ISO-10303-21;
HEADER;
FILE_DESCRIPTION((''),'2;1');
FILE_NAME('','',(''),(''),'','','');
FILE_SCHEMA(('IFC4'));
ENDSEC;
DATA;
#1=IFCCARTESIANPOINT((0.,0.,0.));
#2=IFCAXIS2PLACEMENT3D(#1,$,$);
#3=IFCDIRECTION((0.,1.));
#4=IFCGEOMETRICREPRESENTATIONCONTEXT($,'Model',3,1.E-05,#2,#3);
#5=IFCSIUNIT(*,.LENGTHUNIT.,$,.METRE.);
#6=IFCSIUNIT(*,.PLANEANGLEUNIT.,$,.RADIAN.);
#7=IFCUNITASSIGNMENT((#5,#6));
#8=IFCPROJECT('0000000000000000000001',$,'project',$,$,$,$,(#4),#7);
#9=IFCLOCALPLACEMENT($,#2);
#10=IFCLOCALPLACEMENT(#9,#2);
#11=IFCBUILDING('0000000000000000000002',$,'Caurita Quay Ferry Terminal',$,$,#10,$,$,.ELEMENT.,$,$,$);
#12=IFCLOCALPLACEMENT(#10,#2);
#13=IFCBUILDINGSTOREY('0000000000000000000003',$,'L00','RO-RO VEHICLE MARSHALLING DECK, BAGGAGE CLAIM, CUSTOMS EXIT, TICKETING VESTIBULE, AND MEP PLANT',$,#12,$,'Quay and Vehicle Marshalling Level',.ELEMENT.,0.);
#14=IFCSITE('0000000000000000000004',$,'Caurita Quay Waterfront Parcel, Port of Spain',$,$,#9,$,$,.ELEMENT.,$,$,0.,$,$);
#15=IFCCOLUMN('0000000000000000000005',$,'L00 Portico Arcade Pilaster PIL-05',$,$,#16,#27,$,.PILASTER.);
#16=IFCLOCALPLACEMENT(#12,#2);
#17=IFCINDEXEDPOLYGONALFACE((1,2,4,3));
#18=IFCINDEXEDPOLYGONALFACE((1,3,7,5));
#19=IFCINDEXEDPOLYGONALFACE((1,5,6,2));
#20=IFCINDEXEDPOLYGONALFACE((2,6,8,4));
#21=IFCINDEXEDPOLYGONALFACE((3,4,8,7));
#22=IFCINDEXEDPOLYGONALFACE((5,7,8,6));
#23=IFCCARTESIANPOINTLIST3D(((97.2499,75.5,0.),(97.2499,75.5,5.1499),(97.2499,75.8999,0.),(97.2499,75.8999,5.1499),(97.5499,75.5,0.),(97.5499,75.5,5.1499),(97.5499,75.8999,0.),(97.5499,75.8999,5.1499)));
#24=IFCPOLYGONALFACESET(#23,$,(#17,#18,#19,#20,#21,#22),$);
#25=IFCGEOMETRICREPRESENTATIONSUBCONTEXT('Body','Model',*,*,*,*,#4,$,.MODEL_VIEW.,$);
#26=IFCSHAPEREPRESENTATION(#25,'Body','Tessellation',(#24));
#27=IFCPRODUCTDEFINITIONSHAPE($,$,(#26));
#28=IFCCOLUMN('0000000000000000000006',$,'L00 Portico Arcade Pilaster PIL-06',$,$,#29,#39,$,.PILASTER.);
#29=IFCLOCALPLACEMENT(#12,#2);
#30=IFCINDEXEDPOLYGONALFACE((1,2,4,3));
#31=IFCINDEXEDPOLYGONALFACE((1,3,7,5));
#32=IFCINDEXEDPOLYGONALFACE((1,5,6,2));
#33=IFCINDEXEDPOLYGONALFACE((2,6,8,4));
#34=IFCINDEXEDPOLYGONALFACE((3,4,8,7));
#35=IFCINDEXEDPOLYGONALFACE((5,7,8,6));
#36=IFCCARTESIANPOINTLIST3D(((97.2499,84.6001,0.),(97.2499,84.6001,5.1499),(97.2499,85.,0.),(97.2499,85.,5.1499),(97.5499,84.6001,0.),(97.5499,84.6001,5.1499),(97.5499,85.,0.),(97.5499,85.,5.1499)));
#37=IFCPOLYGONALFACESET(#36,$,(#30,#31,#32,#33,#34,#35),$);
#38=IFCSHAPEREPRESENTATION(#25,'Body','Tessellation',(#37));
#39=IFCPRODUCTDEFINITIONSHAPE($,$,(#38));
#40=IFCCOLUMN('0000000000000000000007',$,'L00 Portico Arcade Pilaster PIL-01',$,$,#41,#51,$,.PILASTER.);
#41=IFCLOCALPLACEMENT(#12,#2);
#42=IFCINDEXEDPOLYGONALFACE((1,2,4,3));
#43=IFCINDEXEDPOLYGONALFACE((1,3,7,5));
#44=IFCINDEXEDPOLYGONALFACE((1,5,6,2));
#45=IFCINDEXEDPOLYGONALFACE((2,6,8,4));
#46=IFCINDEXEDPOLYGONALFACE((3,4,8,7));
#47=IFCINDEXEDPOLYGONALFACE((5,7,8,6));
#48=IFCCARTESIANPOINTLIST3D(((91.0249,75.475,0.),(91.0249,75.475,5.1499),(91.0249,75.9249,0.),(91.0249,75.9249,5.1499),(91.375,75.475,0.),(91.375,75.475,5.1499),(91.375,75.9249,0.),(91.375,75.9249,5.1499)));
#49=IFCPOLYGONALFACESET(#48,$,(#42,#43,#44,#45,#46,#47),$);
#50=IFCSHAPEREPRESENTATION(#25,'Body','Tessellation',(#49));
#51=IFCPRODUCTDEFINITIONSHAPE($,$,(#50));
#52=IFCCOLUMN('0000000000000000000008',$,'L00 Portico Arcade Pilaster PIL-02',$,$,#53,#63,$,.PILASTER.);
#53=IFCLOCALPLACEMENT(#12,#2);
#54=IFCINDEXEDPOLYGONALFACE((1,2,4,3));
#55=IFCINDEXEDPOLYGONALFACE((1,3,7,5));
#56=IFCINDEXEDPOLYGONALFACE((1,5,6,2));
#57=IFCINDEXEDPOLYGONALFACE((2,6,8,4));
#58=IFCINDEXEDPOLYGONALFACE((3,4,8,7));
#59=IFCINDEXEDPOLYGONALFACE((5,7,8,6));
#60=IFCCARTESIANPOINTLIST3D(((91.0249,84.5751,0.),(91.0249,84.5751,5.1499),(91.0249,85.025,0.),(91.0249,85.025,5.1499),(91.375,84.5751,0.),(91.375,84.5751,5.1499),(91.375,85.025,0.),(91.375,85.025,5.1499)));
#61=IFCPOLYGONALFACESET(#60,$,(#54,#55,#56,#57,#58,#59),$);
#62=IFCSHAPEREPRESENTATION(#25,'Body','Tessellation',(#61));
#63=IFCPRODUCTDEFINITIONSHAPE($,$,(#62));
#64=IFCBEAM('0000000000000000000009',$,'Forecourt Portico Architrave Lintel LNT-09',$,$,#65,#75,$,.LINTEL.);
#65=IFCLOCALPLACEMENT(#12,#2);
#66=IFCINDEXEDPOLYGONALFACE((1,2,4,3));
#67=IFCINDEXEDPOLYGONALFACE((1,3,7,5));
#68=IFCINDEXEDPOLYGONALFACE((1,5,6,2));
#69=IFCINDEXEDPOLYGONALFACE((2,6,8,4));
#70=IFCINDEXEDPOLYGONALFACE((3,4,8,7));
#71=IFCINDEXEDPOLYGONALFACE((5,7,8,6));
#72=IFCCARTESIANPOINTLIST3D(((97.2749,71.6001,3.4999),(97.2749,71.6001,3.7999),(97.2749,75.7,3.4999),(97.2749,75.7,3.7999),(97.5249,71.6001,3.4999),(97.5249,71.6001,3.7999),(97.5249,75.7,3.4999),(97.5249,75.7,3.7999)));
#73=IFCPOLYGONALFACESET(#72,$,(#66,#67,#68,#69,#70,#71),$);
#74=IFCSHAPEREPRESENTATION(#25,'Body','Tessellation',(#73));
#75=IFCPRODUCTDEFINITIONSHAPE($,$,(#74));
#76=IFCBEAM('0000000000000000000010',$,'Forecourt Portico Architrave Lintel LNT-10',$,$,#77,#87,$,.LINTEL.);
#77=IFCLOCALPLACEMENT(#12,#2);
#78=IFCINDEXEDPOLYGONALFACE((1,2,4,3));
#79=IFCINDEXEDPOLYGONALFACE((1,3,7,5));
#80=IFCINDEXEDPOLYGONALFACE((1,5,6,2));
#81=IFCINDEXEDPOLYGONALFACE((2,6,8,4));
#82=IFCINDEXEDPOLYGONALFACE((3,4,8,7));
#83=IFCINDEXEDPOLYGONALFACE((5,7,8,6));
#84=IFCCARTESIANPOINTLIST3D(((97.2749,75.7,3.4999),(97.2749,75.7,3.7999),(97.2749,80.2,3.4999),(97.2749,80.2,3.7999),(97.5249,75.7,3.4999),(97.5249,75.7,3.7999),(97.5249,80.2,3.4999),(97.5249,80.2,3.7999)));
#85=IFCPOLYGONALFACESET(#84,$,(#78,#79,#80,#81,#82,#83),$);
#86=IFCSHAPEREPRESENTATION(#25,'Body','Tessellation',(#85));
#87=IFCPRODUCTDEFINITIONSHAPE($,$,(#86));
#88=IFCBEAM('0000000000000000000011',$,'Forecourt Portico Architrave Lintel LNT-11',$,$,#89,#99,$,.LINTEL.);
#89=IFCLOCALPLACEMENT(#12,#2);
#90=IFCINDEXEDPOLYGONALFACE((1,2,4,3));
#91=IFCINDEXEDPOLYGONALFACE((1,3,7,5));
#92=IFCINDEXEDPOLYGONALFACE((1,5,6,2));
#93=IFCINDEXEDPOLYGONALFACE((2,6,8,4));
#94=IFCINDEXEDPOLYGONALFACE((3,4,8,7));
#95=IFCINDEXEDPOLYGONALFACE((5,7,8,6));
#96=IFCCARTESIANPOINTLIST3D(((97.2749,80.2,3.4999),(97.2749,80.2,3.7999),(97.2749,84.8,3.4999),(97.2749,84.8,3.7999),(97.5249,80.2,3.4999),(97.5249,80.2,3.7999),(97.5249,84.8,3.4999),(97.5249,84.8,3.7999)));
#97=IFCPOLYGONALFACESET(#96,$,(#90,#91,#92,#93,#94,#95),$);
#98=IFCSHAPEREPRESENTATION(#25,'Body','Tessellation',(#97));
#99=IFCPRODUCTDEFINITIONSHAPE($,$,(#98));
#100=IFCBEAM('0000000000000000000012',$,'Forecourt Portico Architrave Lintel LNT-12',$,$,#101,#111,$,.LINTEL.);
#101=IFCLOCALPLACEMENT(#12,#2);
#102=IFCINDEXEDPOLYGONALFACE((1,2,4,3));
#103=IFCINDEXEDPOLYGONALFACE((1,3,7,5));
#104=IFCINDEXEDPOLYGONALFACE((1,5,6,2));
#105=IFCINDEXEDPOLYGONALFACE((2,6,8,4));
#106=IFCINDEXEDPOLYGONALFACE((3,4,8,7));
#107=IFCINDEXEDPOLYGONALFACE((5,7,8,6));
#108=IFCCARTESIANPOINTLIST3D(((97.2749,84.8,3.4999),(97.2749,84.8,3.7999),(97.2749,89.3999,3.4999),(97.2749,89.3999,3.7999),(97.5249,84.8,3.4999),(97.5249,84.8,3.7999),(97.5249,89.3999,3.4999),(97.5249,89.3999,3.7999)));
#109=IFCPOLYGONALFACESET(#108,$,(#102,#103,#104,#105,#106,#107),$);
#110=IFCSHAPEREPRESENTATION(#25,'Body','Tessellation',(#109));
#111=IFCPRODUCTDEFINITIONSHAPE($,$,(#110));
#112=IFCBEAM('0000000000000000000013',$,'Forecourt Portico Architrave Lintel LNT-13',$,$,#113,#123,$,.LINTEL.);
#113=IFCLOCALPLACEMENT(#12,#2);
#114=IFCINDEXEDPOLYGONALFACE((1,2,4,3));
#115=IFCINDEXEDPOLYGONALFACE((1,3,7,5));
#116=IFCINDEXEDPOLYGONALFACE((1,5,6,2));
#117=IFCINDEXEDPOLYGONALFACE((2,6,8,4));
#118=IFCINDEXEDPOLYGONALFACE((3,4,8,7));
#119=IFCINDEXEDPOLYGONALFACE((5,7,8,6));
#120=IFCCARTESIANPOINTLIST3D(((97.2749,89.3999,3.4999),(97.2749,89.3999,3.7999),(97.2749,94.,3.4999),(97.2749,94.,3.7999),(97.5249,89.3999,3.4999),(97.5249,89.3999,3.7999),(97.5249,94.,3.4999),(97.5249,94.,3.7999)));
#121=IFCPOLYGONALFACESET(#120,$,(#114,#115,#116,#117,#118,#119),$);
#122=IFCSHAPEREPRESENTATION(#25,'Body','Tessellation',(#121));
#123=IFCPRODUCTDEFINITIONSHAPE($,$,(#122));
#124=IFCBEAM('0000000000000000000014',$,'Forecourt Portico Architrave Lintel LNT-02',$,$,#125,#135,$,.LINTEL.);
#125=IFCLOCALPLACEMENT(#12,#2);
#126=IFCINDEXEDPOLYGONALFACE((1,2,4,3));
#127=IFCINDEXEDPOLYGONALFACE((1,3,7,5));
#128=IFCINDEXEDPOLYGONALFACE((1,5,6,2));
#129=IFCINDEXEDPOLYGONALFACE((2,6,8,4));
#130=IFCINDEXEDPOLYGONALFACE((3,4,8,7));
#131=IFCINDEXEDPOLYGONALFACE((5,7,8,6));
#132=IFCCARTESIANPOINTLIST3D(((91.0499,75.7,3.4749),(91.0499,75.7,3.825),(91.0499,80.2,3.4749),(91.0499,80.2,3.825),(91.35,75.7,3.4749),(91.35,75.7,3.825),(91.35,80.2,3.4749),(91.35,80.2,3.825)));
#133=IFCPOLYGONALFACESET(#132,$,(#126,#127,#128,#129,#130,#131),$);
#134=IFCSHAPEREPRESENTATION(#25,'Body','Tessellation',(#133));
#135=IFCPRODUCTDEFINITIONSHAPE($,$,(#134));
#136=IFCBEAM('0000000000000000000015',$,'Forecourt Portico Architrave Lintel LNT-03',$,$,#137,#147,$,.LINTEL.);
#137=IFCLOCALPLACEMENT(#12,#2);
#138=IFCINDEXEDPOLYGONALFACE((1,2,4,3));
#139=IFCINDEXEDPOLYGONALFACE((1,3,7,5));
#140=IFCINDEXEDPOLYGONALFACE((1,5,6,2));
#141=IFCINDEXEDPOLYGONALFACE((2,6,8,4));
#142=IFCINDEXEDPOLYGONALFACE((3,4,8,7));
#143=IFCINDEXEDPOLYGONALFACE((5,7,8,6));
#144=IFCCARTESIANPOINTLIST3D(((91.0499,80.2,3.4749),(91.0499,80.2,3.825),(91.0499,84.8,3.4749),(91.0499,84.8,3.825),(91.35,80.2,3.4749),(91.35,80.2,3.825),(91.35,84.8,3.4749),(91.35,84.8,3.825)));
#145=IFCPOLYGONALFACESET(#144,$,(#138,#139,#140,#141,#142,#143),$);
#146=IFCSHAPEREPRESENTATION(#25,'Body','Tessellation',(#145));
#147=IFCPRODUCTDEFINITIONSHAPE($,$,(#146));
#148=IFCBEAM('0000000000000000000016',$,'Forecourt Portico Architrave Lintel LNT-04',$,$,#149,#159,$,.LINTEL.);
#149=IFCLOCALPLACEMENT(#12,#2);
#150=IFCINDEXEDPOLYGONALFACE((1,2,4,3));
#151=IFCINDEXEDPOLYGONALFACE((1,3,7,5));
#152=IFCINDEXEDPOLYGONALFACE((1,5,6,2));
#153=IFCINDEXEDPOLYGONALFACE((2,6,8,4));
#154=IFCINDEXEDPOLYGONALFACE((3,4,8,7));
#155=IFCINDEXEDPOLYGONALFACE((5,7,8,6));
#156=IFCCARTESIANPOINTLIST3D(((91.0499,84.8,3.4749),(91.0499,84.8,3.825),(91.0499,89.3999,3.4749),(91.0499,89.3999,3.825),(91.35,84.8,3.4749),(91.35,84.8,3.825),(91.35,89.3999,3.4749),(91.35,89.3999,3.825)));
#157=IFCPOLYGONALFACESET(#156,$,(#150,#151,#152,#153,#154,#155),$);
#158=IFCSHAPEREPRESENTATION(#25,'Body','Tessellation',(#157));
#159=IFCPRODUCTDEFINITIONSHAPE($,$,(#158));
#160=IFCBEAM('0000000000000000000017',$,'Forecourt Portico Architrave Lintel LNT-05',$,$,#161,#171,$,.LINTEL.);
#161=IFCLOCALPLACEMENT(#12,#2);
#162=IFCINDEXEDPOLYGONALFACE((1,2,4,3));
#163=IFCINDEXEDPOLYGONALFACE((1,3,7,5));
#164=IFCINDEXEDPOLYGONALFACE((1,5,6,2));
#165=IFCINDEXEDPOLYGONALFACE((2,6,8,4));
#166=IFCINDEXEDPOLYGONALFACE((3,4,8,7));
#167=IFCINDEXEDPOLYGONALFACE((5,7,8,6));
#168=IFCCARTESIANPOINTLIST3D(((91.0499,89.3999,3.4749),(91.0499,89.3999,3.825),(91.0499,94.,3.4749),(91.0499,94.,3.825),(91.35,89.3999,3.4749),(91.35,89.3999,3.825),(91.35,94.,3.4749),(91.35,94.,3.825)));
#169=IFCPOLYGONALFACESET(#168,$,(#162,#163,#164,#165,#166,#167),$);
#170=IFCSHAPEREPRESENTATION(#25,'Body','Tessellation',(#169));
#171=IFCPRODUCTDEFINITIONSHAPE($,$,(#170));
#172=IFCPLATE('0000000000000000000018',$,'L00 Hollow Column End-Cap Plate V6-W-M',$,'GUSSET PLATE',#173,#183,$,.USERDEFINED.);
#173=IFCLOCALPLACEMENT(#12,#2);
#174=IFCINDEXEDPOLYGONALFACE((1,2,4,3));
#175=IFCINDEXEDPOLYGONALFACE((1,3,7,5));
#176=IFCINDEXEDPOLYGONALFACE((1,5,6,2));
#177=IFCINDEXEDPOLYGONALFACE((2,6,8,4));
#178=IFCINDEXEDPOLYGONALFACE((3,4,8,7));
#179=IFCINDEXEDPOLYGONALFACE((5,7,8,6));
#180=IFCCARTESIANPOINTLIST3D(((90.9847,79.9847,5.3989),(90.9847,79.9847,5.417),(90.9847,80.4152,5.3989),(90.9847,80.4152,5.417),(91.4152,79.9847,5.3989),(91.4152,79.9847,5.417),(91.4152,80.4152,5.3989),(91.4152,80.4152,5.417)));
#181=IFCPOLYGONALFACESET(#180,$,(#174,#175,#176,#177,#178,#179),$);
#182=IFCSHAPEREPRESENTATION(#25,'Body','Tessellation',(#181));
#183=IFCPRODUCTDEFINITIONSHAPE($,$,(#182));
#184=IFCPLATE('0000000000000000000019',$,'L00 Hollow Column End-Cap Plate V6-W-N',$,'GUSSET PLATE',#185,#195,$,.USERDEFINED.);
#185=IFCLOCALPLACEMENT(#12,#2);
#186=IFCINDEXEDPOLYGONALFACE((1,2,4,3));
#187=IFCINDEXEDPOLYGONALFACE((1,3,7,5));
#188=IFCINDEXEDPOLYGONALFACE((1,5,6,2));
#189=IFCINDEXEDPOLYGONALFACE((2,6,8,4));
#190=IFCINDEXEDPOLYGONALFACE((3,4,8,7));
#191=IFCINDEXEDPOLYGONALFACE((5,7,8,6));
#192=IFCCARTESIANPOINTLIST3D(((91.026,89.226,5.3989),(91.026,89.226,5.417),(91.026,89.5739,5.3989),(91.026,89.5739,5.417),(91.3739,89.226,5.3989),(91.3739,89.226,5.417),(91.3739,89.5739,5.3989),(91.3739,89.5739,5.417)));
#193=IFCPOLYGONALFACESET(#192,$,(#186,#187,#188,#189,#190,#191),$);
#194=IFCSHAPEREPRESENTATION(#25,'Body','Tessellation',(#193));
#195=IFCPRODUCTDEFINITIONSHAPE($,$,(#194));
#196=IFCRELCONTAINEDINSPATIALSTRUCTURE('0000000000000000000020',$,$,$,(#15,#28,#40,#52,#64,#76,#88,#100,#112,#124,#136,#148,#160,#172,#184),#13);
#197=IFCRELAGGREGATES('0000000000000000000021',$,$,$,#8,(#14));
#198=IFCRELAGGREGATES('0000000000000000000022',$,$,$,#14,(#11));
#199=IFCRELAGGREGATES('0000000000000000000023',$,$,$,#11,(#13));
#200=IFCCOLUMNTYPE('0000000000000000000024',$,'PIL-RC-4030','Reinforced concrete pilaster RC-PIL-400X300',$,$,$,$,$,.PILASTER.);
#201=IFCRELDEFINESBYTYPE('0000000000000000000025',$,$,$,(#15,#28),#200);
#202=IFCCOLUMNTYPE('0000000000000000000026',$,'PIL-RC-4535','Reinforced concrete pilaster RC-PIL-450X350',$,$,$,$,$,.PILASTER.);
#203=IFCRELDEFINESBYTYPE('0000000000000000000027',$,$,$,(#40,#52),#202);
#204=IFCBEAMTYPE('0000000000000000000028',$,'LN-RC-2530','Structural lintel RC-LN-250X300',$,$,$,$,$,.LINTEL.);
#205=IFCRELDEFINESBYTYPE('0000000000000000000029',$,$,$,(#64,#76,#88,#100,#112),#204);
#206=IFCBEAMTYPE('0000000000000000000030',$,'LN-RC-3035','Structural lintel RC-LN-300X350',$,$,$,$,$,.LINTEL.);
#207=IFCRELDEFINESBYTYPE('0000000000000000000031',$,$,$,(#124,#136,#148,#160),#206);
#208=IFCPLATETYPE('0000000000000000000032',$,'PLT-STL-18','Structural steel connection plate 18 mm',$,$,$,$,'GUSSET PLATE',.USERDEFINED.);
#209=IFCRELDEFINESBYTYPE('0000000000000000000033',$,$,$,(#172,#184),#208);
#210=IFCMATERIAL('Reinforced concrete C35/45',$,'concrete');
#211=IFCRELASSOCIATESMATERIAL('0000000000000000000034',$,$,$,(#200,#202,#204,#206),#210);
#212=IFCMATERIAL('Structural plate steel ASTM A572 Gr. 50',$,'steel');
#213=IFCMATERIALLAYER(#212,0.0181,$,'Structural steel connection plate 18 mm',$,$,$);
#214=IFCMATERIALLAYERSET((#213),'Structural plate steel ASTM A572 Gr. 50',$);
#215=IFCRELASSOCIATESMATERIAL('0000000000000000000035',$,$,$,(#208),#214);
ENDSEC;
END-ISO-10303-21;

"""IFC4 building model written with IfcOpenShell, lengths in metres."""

from ifc_helpers import new_model, si_unit, direction, frame, origin, origin_2d, place, context, subcontext, project, spatial, rectangle, extrude, material, layer, layer_set, material_profile, profile_set, type_object, element, save


model = new_model("IFC4")

# Units and contexts
model_context = context("Model", 3, precision=1e-05, world=origin(), true_north=direction((0.0, 1.0)))
body_context = subcontext(model_context, "Body", "Model", "MODEL_VIEW")
ifc_project = project(units=[si_unit("LENGTHUNIT", "METRE"), si_unit("PLANEANGLEUNIT", "RADIAN")], contexts=[model_context])

# Site, building, storey
site_placement = place(None, origin())
site = spatial("IfcSite", under=ifc_project, at=site_placement, Name="Caurita Quay Waterfront Parcel, Port of Spain", CompositionType="ELEMENT", RefElevation=0.0)
building_placement = place(site_placement, origin())
building = spatial("IfcBuilding", under=site, at=building_placement, Name="Caurita Quay Ferry Terminal", CompositionType="ELEMENT")
storey_placement = place(building_placement, origin())
storey = spatial("IfcBuildingStorey", under=building, at=storey_placement, Name="L00", Description="RO-RO VEHICLE MARSHALLING DECK, BAGGAGE CLAIM, CUSTOMS EXIT, TICKETING VESTIBULE, AND MEP PLANT", LongName="Quay and Vehicle Marshalling Level", CompositionType="ELEMENT", Elevation=0.0)

# Columns
ifc_material_1 = material(Name="Reinforced concrete C35/45", Category="concrete")
ifc_material_profile_1 = material_profile(ifc_material_1, rectangle(XDim=0.3, YDim=0.3999, at=origin_2d()), Name="RC-PIL-400X300")
ifc_profile_set_1 = profile_set([ifc_material_profile_1], Name="Reinforced concrete C35/45")
column_type_1 = type_object("IfcColumnType", Name="PIL-RC-4030", Description="Reinforced concrete pilaster RC-PIL-400X300", PredefinedType="PILASTER", material=ifc_profile_set_1)
for number, where, z_axis, x_axis, name in (
    (1, (97.3999, 75.7, 0.0), (0.0, 0.0, 1.0), (1.0, 0.0, 0.0), "L00 Portico Arcade Pilaster PIL-05"),
    (2, (97.3999, 84.8, 0.0), (0.0, 0.0, 1.0), (1.0, 0.0, 0.0), "L00 Portico Arcade Pilaster PIL-06"),
):
    element("IfcColumn", number, at=place(storey_placement, frame(where, z_axis=z_axis, x_axis=x_axis)), inside=storey, type_object=column_type_1, Name=name, PredefinedType="PILASTER", context=body_context, shape_type="SweptSolid", body=[
        extrude(rectangle(XDim=0.3, YDim=0.3999, at=origin_2d()), origin(), (0.0, 0.0, 1.0), 5.1499),
    ])
ifc_material_profile_2 = material_profile(ifc_material_1, rectangle(XDim=0.3501, YDim=0.45, at=origin_2d()), Name="RC-PIL-450X350")
ifc_profile_set_2 = profile_set([ifc_material_profile_2], Name="Reinforced concrete C35/45")
column_type_2 = type_object("IfcColumnType", Name="PIL-RC-4535", Description="Reinforced concrete pilaster RC-PIL-450X350", PredefinedType="PILASTER", material=ifc_profile_set_2)
for number, where, z_axis, x_axis, name in (
    (3, (91.2, 75.7, 0.0), (0.0, 0.0, 1.0), (1.0, 0.0, 0.0), "L00 Portico Arcade Pilaster PIL-01"),
    (4, (91.2, 84.8, 0.0), (0.0, 0.0, 1.0), (1.0, 0.0, 0.0), "L00 Portico Arcade Pilaster PIL-02"),
):
    element("IfcColumn", number, at=place(storey_placement, frame(where, z_axis=z_axis, x_axis=x_axis)), inside=storey, type_object=column_type_2, Name=name, PredefinedType="PILASTER", context=body_context, shape_type="SweptSolid", body=[
        extrude(rectangle(XDim=0.3501, YDim=0.45, at=origin_2d()), origin(), (0.0, 0.0, 1.0), 5.1499),
    ])

# Beams
ifc_material_profile_3 = material_profile(ifc_material_1, rectangle(XDim=0.25, YDim=0.3, at=origin_2d()), Name="RC-LN-250X300")
ifc_profile_set_3 = profile_set([ifc_material_profile_3], Name="Reinforced concrete C35/45")
beam_type_1 = type_object("IfcBeamType", Name="LN-RC-2530", Description="Structural lintel RC-LN-250X300", PredefinedType="LINTEL", material=ifc_profile_set_3)
beam_1_placement = place(storey_placement, frame((97.3999, 71.6001, 3.6499), z_axis=(0.0, 1.0, 0.0), x_axis=(-1.0, 0.0, 0.0)))
element("IfcBeam", 5, at=beam_1_placement, inside=storey, type_object=beam_type_1, Name="Forecourt Portico Architrave Lintel LNT-09", PredefinedType="LINTEL", context=body_context, shape_type="SweptSolid", body=[
    extrude(rectangle(XDim=0.25, YDim=0.3, at=origin_2d()), origin(), (0.0, 0.0, 1.0), 4.0999),
])
beam_2_placement = place(storey_placement, frame((97.3999, 75.7, 3.6499), z_axis=(0.0, 1.0, 0.0), x_axis=(-1.0, 0.0, 0.0)))
element("IfcBeam", 6, at=beam_2_placement, inside=storey, type_object=beam_type_1, Name="Forecourt Portico Architrave Lintel LNT-10", PredefinedType="LINTEL", context=body_context, shape_type="SweptSolid", body=[
    extrude(rectangle(XDim=0.25, YDim=0.3, at=origin_2d()), origin(), (0.0, 0.0, 1.0), 4.5),
])
beam_3_placement = place(storey_placement, frame((97.3999, 80.2, 3.6499), z_axis=(0.0, 1.0, 0.0), x_axis=(-1.0, 0.0, 0.0)))
element("IfcBeam", 7, at=beam_3_placement, inside=storey, type_object=beam_type_1, Name="Forecourt Portico Architrave Lintel LNT-11", PredefinedType="LINTEL", context=body_context, shape_type="SweptSolid", body=[
    extrude(rectangle(XDim=0.25, YDim=0.3, at=origin_2d()), origin(), (0.0, 0.0, 1.0), 4.6001),
])
beam_4_placement = place(storey_placement, frame((97.3999, 84.8, 3.6499), z_axis=(0.0, 1.0, 0.0), x_axis=(-1.0, 0.0, 0.0)))
element("IfcBeam", 8, at=beam_4_placement, inside=storey, type_object=beam_type_1, Name="Forecourt Portico Architrave Lintel LNT-12", PredefinedType="LINTEL", context=body_context, shape_type="SweptSolid", body=[
    extrude(rectangle(XDim=0.25, YDim=0.3, at=origin_2d()), origin(), (0.0, 0.0, 1.0), 4.5999),
])
beam_5_placement = place(storey_placement, frame((97.3999, 89.3999, 3.6499), z_axis=(0.0, 1.0, 0.0), x_axis=(-1.0, 0.0, 0.0)))
element("IfcBeam", 9, at=beam_5_placement, inside=storey, type_object=beam_type_1, Name="Forecourt Portico Architrave Lintel LNT-13", PredefinedType="LINTEL", context=body_context, shape_type="SweptSolid", body=[
    extrude(rectangle(XDim=0.25, YDim=0.3, at=origin_2d()), origin(), (0.0, 0.0, 1.0), 4.6001),
])
ifc_material_profile_4 = material_profile(ifc_material_1, rectangle(XDim=0.3, YDim=0.3501, at=origin_2d()), Name="RC-LN-300X350")
ifc_profile_set_4 = profile_set([ifc_material_profile_4], Name="Reinforced concrete C35/45")
beam_type_2 = type_object("IfcBeamType", Name="LN-RC-3035", Description="Structural lintel RC-LN-300X350", PredefinedType="LINTEL", material=ifc_profile_set_4)
beam_6_placement = place(storey_placement, frame((91.2, 75.7, 3.6499), z_axis=(0.0, 1.0, 0.0), x_axis=(-1.0, 0.0, 0.0)))
element("IfcBeam", 10, at=beam_6_placement, inside=storey, type_object=beam_type_2, Name="Forecourt Portico Architrave Lintel LNT-02", PredefinedType="LINTEL", context=body_context, shape_type="SweptSolid", body=[
    extrude(rectangle(XDim=0.3, YDim=0.3501, at=origin_2d()), origin(), (0.0, 0.0, 1.0), 4.5),
])
beam_7_placement = place(storey_placement, frame((91.2, 80.2, 3.6499), z_axis=(0.0, 1.0, 0.0), x_axis=(-1.0, 0.0, 0.0)))
element("IfcBeam", 11, at=beam_7_placement, inside=storey, type_object=beam_type_2, Name="Forecourt Portico Architrave Lintel LNT-03", PredefinedType="LINTEL", context=body_context, shape_type="SweptSolid", body=[
    extrude(rectangle(XDim=0.3, YDim=0.3501, at=origin_2d()), origin(), (0.0, 0.0, 1.0), 4.6001),
])
beam_8_placement = place(storey_placement, frame((91.2, 84.8, 3.6499), z_axis=(0.0, 1.0, 0.0), x_axis=(-1.0, 0.0, 0.0)))
element("IfcBeam", 12, at=beam_8_placement, inside=storey, type_object=beam_type_2, Name="Forecourt Portico Architrave Lintel LNT-04", PredefinedType="LINTEL", context=body_context, shape_type="SweptSolid", body=[
    extrude(rectangle(XDim=0.3, YDim=0.3501, at=origin_2d()), origin(), (0.0, 0.0, 1.0), 4.5999),
])
beam_9_placement = place(storey_placement, frame((91.2, 89.3999, 3.6499), z_axis=(0.0, 1.0, 0.0), x_axis=(-1.0, 0.0, 0.0)))
element("IfcBeam", 13, at=beam_9_placement, inside=storey, type_object=beam_type_2, Name="Forecourt Portico Architrave Lintel LNT-05", PredefinedType="LINTEL", context=body_context, shape_type="SweptSolid", body=[
    extrude(rectangle(XDim=0.3, YDim=0.3501, at=origin_2d()), origin(), (0.0, 0.0, 1.0), 4.6001),
])

# Plates
ifc_material_2 = material(Name="Structural plate steel ASTM A572 Gr. 50", Category="steel")
ifc_layer_1 = layer(ifc_material_2, 0.0181, Name="Structural steel connection plate 18 mm")
ifc_layer_set_1 = layer_set([ifc_layer_1], Name="Structural plate steel ASTM A572 Gr. 50")
plate_type = type_object("IfcPlateType", Name="PLT-STL-18", Description="Structural steel connection plate 18 mm", ElementType="GUSSET PLATE", PredefinedType="USERDEFINED", material=ifc_layer_set_1)
plate_1_placement = place(storey_placement, frame((91.2, 80.2, 5.3989), z_axis=(0.0, 0.0, 1.0), x_axis=(1.0, 0.0, 0.0)))
element("IfcPlate", 14, at=plate_1_placement, inside=storey, type_object=plate_type, Name="L00 Hollow Column End-Cap Plate V6-W-M", ObjectType="GUSSET PLATE", PredefinedType="USERDEFINED", context=body_context, shape_type="SweptSolid", body=[
    extrude(rectangle(XDim=0.4304, YDim=0.4304, at=origin_2d()), origin(), (0.0, 0.0, 1.0), 0.0181),
])
plate_2_placement = place(storey_placement, frame((91.2, 89.3999, 5.3989), z_axis=(0.0, 0.0, 1.0), x_axis=(1.0, 0.0, 0.0)))
element("IfcPlate", 15, at=plate_2_placement, inside=storey, type_object=plate_type, Name="L00 Hollow Column End-Cap Plate V6-W-N", ObjectType="GUSSET PLATE", PredefinedType="USERDEFINED", context=body_context, shape_type="SweptSolid", body=[
    extrude(rectangle(XDim=0.3479, YDim=0.3479, at=origin_2d()), origin(), (0.0, 0.0, 1.0), 0.0181),
])

save(model, "model.ifc")
